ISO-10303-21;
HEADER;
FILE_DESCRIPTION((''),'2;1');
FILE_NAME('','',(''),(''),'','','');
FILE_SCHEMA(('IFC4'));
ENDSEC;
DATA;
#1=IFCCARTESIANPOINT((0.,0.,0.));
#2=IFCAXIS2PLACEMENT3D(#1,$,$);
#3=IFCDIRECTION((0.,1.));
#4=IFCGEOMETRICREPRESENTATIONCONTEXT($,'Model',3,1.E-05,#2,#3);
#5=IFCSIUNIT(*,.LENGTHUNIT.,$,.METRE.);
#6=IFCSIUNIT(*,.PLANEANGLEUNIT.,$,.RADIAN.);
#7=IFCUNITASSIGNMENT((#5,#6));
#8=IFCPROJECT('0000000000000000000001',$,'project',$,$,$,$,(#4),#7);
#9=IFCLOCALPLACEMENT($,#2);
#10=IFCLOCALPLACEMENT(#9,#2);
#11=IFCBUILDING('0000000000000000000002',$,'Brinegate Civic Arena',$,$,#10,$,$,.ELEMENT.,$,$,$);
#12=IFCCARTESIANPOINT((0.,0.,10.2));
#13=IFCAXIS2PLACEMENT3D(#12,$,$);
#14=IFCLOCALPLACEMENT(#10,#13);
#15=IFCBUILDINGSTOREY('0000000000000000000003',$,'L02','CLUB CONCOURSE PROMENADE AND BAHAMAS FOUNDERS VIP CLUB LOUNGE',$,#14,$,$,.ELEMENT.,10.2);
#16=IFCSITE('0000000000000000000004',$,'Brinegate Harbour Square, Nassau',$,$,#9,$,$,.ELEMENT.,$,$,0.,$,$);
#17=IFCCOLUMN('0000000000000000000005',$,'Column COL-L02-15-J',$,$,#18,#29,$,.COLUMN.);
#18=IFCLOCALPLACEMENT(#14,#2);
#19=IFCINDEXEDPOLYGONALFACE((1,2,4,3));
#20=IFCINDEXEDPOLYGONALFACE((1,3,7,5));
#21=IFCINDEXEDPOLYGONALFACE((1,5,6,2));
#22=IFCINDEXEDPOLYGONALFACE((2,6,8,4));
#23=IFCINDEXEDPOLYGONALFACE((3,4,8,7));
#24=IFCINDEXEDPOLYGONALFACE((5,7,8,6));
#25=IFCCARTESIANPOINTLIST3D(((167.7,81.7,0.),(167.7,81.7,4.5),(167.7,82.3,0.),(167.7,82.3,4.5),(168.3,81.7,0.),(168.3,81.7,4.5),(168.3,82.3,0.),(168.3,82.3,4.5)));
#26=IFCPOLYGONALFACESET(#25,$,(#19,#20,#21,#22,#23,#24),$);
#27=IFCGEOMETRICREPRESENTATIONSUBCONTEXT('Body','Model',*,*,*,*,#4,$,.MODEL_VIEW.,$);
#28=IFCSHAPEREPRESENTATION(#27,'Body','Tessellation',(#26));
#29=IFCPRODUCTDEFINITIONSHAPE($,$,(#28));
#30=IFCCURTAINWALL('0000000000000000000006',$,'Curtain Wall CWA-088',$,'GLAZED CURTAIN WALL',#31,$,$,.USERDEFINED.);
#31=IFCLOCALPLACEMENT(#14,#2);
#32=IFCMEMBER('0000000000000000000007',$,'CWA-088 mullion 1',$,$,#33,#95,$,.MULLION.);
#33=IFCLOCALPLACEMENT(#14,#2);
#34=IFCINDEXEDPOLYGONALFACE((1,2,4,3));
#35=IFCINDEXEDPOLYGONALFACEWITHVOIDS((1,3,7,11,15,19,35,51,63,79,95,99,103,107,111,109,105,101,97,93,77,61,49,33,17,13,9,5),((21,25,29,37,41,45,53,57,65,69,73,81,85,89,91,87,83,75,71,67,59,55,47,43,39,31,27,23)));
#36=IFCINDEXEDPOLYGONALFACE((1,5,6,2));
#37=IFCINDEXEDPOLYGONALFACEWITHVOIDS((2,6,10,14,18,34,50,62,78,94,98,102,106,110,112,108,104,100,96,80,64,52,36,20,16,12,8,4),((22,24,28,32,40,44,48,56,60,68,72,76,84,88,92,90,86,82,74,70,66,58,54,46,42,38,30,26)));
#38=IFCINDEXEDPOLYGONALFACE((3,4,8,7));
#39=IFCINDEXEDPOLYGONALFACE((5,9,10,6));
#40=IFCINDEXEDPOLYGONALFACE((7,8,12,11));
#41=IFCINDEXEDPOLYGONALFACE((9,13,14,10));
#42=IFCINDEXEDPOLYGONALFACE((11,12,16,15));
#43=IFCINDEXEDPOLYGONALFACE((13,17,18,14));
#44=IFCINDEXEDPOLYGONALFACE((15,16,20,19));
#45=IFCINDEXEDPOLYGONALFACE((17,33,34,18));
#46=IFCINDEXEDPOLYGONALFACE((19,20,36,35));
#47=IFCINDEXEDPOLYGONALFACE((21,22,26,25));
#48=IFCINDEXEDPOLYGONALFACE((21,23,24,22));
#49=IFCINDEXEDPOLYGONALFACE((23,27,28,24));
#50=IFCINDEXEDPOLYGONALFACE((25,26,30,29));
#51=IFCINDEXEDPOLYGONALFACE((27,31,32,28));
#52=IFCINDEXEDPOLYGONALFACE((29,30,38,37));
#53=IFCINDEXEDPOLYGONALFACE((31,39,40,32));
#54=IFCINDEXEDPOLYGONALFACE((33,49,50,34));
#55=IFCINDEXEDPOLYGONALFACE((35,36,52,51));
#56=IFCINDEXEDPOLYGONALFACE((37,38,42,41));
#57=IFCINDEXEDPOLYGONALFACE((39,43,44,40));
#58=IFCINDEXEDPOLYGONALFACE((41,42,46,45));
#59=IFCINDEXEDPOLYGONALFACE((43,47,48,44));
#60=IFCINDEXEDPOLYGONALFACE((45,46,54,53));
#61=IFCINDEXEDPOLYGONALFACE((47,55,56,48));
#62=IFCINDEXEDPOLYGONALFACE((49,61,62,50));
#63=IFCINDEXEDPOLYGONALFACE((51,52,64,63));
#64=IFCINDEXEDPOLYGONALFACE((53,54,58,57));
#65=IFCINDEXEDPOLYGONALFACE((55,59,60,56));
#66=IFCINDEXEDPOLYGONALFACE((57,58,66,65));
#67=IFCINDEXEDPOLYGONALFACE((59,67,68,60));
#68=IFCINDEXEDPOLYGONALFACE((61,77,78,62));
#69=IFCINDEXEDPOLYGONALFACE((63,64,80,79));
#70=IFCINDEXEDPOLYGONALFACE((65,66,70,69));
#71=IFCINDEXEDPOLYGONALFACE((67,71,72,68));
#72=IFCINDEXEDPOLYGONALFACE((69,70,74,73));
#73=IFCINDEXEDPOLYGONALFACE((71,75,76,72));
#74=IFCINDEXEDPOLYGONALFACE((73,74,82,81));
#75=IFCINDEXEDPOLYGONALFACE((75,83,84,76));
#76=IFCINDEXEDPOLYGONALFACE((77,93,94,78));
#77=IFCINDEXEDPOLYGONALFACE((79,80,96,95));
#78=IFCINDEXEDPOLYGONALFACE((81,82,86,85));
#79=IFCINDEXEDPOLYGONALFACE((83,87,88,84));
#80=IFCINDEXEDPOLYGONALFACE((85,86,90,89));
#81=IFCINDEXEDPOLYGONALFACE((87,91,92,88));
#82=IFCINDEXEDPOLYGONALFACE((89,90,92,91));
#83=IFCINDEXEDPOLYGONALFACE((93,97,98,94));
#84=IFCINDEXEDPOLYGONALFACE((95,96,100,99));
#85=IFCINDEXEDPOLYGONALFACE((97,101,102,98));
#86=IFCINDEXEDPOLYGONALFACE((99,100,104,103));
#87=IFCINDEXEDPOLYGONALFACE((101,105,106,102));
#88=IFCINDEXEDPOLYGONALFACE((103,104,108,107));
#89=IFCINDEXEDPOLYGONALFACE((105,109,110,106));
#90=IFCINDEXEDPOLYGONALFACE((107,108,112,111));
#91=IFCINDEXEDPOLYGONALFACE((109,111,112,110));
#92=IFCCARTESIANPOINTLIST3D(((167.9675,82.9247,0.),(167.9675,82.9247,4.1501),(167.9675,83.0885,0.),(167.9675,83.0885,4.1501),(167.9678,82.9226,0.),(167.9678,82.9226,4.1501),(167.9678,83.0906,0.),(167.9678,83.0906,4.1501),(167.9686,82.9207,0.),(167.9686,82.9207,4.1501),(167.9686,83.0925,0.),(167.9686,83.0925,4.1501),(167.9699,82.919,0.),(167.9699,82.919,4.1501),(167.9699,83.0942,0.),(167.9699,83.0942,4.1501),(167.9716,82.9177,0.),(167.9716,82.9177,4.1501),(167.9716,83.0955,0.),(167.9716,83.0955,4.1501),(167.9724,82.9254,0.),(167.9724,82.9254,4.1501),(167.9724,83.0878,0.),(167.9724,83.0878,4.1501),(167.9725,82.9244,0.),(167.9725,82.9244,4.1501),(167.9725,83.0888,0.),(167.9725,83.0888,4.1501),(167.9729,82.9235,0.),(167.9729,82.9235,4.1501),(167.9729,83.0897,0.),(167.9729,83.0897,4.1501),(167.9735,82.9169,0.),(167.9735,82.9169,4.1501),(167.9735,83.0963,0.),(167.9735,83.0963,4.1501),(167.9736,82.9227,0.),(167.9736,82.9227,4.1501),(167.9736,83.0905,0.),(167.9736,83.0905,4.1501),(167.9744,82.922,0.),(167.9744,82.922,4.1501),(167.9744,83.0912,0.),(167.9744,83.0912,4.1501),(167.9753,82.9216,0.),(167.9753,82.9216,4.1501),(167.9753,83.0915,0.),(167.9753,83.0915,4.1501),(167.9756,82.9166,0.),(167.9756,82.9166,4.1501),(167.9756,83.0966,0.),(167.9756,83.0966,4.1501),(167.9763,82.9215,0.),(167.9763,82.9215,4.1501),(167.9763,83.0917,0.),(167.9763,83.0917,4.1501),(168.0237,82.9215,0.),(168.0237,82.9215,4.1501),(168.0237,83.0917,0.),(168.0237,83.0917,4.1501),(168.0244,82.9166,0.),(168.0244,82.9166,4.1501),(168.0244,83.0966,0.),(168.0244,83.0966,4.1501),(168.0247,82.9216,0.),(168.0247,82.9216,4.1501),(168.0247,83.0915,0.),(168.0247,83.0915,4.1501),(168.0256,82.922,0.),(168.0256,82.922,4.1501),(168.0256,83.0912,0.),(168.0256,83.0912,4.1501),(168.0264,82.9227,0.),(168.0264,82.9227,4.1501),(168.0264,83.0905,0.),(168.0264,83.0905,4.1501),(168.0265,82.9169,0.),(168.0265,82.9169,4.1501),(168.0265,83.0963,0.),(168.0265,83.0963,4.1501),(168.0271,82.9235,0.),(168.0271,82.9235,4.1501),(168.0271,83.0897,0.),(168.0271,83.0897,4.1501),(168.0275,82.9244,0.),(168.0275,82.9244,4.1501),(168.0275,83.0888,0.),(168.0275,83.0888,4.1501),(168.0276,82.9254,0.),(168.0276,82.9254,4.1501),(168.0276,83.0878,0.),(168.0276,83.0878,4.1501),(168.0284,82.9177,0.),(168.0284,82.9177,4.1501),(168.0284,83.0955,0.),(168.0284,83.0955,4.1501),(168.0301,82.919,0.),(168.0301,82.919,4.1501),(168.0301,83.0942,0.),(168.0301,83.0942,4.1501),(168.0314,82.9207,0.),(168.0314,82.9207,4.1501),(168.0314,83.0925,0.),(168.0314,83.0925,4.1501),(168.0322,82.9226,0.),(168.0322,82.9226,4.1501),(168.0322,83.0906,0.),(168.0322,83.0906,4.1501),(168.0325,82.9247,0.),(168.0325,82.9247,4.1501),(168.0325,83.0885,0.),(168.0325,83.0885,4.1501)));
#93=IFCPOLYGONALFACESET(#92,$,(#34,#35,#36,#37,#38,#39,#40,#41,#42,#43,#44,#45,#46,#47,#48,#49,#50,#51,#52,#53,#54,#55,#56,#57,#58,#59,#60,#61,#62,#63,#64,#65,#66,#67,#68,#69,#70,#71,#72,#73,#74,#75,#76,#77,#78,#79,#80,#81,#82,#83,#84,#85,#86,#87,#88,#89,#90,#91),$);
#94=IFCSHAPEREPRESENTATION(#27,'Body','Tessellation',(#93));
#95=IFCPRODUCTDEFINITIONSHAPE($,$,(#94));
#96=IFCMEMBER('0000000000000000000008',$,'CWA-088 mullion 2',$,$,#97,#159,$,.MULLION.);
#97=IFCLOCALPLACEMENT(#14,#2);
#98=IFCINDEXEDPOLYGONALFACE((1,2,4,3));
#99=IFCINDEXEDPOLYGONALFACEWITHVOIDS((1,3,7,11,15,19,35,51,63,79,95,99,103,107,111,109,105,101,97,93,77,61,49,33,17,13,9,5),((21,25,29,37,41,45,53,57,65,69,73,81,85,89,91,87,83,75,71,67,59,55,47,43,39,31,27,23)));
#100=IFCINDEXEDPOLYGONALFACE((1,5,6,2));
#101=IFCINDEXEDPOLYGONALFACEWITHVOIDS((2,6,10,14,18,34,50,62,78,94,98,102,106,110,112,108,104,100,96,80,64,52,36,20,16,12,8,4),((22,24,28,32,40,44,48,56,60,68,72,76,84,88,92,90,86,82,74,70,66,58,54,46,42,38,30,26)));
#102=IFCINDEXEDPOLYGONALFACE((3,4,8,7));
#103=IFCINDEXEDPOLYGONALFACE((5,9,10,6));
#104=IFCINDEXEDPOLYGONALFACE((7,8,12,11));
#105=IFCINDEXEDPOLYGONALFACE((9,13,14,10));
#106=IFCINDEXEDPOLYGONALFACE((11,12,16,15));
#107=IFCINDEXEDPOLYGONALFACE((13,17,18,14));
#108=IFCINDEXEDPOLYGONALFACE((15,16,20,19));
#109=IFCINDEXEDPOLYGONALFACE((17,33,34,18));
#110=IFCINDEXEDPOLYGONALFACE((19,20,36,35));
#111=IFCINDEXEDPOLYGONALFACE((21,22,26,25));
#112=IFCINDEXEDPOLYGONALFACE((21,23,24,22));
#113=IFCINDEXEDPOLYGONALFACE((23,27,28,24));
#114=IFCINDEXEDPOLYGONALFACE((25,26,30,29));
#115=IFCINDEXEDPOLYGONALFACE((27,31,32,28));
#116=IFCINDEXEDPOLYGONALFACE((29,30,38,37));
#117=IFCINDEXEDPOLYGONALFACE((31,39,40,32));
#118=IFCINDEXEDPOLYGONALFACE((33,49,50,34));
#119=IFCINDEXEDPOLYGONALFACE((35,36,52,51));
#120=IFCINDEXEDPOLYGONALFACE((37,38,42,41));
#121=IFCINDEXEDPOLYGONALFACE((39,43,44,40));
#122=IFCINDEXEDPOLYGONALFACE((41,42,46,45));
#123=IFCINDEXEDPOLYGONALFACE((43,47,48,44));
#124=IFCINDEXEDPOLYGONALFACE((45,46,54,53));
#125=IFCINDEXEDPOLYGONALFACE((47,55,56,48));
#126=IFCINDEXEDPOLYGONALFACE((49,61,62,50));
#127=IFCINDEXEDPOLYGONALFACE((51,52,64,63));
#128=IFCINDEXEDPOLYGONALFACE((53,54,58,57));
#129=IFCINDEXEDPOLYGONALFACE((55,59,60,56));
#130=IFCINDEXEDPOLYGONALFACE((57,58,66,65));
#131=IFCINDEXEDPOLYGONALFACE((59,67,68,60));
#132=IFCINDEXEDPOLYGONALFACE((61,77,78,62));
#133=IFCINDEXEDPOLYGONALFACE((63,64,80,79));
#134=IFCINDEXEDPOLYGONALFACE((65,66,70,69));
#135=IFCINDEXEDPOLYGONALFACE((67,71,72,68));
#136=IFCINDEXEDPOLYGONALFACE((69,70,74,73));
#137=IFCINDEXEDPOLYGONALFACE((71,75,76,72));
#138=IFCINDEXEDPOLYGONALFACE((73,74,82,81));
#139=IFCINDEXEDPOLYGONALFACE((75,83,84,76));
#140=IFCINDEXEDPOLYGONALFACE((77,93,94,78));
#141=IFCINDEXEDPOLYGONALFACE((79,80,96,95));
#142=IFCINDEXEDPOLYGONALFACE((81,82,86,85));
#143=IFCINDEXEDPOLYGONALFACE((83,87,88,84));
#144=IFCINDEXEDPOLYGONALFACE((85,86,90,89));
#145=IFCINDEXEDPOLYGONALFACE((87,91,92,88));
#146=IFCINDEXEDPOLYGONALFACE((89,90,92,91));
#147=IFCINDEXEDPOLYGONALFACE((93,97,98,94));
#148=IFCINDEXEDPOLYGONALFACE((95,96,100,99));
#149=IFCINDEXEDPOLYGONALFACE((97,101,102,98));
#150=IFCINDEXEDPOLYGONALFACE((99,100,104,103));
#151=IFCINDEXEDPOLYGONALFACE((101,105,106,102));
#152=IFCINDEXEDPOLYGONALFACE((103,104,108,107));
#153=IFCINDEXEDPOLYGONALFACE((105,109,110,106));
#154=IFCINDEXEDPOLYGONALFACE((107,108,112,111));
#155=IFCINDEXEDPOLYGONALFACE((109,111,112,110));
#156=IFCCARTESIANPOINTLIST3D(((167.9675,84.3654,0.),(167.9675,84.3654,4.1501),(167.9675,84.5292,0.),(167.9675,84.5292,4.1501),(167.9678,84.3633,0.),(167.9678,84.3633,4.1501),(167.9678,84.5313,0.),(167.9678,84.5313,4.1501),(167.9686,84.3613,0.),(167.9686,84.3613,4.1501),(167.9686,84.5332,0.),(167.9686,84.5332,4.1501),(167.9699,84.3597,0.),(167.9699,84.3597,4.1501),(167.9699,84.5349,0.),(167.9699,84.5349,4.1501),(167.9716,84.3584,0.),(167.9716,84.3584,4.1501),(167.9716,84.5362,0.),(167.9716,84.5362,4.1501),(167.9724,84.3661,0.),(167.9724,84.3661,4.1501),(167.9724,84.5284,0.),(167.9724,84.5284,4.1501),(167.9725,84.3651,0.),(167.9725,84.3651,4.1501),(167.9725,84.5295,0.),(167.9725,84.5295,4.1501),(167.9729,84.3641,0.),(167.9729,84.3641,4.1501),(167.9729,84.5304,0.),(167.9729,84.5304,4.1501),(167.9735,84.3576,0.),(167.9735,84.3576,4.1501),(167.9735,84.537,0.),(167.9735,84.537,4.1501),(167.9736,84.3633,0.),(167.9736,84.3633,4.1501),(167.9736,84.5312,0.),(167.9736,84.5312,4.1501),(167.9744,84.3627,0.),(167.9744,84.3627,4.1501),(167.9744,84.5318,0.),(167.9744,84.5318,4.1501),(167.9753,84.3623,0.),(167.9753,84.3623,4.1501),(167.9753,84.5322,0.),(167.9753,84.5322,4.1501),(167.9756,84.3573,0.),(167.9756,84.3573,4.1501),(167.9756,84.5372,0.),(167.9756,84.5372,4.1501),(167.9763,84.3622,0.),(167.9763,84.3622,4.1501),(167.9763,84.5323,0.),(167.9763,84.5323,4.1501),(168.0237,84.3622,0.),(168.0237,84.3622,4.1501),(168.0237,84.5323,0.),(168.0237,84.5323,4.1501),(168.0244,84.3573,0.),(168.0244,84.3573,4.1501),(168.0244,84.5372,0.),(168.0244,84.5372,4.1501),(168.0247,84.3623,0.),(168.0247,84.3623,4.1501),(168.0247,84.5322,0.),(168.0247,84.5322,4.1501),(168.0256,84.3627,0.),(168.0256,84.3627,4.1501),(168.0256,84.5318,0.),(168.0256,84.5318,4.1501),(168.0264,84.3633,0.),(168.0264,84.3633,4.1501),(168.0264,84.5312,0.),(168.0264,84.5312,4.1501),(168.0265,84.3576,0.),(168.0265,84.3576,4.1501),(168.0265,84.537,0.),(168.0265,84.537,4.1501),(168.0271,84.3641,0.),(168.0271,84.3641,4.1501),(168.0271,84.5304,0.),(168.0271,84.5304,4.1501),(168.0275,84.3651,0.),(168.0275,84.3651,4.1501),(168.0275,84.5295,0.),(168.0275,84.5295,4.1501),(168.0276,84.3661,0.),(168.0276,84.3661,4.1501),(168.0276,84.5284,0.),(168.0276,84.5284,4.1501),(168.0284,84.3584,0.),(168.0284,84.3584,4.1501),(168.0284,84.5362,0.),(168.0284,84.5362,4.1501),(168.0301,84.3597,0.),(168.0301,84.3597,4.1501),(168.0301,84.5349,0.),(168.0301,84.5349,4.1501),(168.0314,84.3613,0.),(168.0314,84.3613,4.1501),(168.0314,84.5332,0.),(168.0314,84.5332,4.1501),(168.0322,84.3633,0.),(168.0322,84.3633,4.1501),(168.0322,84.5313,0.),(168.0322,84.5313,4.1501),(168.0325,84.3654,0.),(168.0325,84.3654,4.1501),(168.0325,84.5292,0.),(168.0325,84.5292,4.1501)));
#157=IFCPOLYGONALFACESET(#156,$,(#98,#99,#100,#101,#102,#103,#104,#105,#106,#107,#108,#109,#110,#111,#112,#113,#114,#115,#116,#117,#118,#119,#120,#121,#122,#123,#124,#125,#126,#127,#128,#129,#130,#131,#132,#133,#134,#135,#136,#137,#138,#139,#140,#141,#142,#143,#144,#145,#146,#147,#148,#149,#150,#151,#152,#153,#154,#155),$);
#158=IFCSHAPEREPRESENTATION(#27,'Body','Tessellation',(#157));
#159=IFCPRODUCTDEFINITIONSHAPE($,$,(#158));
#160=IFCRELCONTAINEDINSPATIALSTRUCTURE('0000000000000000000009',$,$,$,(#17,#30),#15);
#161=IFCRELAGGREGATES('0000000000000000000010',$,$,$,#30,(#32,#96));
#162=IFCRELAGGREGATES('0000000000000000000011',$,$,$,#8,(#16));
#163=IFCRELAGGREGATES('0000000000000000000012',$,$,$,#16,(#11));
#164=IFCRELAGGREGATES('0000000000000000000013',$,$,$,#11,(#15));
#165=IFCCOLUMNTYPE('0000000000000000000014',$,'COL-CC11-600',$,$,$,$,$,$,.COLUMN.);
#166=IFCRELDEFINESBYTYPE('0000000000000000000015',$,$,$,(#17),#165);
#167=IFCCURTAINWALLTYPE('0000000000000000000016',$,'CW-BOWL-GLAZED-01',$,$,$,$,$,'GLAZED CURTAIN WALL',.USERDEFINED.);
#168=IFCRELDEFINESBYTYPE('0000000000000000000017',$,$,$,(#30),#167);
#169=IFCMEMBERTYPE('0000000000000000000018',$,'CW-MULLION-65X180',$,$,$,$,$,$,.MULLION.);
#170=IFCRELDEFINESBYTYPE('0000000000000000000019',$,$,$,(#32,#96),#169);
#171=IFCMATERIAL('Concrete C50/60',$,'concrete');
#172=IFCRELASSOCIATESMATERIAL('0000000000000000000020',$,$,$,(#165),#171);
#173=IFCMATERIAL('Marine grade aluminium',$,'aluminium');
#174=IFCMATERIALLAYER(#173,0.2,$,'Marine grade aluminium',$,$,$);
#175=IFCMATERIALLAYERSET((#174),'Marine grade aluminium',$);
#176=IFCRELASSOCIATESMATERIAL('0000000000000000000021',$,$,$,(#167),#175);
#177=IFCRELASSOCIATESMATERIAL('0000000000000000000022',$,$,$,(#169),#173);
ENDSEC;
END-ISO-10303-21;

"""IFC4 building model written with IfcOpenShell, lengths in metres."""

from ifc_helpers import new_model, si_unit, direction, frame, origin, origin_2d, place, context, subcontext, project, spatial, rectangle, hollow_rectangle, extrude, material, layer, layer_set, material_profile, profile_set, type_object, element, aggregate, save


model = new_model("IFC4")

# Units and contexts
model_context = context("Model", 3, precision=1e-05, world=origin(), true_north=direction((0.0, 1.0)))
body_context = subcontext(model_context, "Body", "Model", "MODEL_VIEW")
ifc_project = project(units=[si_unit("LENGTHUNIT", "METRE"), si_unit("PLANEANGLEUNIT", "RADIAN")], contexts=[model_context])

# Site, building, storey
site_placement = place(None, origin())
site = spatial("IfcSite", under=ifc_project, at=site_placement, Name="Brinegate Harbour Square, Nassau", CompositionType="ELEMENT", RefElevation=0.0)
building_placement = place(site_placement, origin())
building = spatial("IfcBuilding", under=site, at=building_placement, Name="Brinegate Civic Arena", CompositionType="ELEMENT")
storey_placement = place(building_placement, frame((0.0, 0.0, 10.2)))
storey = spatial("IfcBuildingStorey", under=building, at=storey_placement, Name="L02", Description="CLUB CONCOURSE PROMENADE AND BAHAMAS FOUNDERS VIP CLUB LOUNGE", CompositionType="ELEMENT", Elevation=10.2)

# Column
ifc_material_1 = material(Name="Concrete C50/60", Category="concrete")
ifc_material_profile_1 = material_profile(ifc_material_1, rectangle(XDim=0.6001, YDim=0.6001, at=origin_2d()), Name="RC600X600")
ifc_profile_set_1 = profile_set([ifc_material_profile_1], Name="Concrete C50/60")
column_type = type_object("IfcColumnType", Name="COL-CC11-600", PredefinedType="COLUMN", material=ifc_profile_set_1)
column_placement = place(storey_placement, frame((168.0, 82.0, 0.0), z_axis=(0.0, 0.0, 1.0), x_axis=(1.0, 0.0, 0.0)))
element("IfcColumn", 1, at=column_placement, inside=storey, type_object=column_type, Name="Column COL-L02-15-J", PredefinedType="COLUMN", context=body_context, shape_type="SweptSolid", body=[
    extrude(rectangle(XDim=0.6001, YDim=0.6001, at=origin_2d()), origin(), (0.0, 0.0, 1.0), 4.5),
])

# Curtain wall, members
ifc_material_2 = material(Name="Marine grade aluminium", Category="aluminium")
ifc_layer_1 = layer(ifc_material_2, 0.2, Name="Marine grade aluminium")
ifc_layer_set_1 = layer_set([ifc_layer_1], Name="Marine grade aluminium")
curtain_wall_type = type_object("IfcCurtainWallType", Name="CW-BOWL-GLAZED-01", ElementType="GLAZED CURTAIN WALL", PredefinedType="USERDEFINED", material=ifc_layer_set_1)
curtain_wall_placement = place(storey_placement, origin())
curtain_wall = element("IfcCurtainWall", 2, at=curtain_wall_placement, inside=storey, type_object=curtain_wall_type, Name="Curtain Wall CWA-088", ObjectType="GLAZED CURTAIN WALL", PredefinedType="USERDEFINED")
ifc_material_profile_2 = material_profile(ifc_material_2, hollow_rectangle(XDim=0.0649, YDim=0.1799, WallThickness=0.0049, InnerFilletRadius=0.0039, OuterFilletRadius=0.0081, at=origin_2d()), Name="MUL65X180")
ifc_profile_set_2 = profile_set([ifc_material_profile_2], Name="Marine grade aluminium")
member_type_1 = type_object("IfcMemberType", Name="CW-MULLION-65X180", PredefinedType="MULLION", material=ifc_profile_set_2)
member_1_placement = place(storey_placement, frame((168.0, 83.0066, 0.0), z_axis=(0.0, 0.0, 1.0), x_axis=(-1.0, 0.0, 0.0)))
member_1 = element("IfcMember", 3, at=member_1_placement, type_object=member_type_1, Name="CWA-088 mullion 1", PredefinedType="MULLION", context=body_context, shape_type="SweptSolid", body=[
    extrude(hollow_rectangle(XDim=0.0649, YDim=0.1799, WallThickness=0.0049, InnerFilletRadius=0.0039, OuterFilletRadius=0.0081, at=origin_2d()), origin(), (0.0, 0.0, 1.0), 4.1501),
])
member_2_placement = place(storey_placement, frame((168.0, 84.4473, 0.0), z_axis=(0.0, 0.0, 1.0), x_axis=(-1.0, 0.0, 0.0)))
member_2 = element("IfcMember", 4, at=member_2_placement, type_object=member_type_1, Name="CWA-088 mullion 2", PredefinedType="MULLION", context=body_context, shape_type="SweptSolid", body=[
    extrude(hollow_rectangle(XDim=0.0649, YDim=0.1799, WallThickness=0.0049, InnerFilletRadius=0.0039, OuterFilletRadius=0.0081, at=origin_2d()), origin(), (0.0, 0.0, 1.0), 4.1501),
])

aggregate(curtain_wall, [member_1, member_2])

save(model, "model.ifc")
